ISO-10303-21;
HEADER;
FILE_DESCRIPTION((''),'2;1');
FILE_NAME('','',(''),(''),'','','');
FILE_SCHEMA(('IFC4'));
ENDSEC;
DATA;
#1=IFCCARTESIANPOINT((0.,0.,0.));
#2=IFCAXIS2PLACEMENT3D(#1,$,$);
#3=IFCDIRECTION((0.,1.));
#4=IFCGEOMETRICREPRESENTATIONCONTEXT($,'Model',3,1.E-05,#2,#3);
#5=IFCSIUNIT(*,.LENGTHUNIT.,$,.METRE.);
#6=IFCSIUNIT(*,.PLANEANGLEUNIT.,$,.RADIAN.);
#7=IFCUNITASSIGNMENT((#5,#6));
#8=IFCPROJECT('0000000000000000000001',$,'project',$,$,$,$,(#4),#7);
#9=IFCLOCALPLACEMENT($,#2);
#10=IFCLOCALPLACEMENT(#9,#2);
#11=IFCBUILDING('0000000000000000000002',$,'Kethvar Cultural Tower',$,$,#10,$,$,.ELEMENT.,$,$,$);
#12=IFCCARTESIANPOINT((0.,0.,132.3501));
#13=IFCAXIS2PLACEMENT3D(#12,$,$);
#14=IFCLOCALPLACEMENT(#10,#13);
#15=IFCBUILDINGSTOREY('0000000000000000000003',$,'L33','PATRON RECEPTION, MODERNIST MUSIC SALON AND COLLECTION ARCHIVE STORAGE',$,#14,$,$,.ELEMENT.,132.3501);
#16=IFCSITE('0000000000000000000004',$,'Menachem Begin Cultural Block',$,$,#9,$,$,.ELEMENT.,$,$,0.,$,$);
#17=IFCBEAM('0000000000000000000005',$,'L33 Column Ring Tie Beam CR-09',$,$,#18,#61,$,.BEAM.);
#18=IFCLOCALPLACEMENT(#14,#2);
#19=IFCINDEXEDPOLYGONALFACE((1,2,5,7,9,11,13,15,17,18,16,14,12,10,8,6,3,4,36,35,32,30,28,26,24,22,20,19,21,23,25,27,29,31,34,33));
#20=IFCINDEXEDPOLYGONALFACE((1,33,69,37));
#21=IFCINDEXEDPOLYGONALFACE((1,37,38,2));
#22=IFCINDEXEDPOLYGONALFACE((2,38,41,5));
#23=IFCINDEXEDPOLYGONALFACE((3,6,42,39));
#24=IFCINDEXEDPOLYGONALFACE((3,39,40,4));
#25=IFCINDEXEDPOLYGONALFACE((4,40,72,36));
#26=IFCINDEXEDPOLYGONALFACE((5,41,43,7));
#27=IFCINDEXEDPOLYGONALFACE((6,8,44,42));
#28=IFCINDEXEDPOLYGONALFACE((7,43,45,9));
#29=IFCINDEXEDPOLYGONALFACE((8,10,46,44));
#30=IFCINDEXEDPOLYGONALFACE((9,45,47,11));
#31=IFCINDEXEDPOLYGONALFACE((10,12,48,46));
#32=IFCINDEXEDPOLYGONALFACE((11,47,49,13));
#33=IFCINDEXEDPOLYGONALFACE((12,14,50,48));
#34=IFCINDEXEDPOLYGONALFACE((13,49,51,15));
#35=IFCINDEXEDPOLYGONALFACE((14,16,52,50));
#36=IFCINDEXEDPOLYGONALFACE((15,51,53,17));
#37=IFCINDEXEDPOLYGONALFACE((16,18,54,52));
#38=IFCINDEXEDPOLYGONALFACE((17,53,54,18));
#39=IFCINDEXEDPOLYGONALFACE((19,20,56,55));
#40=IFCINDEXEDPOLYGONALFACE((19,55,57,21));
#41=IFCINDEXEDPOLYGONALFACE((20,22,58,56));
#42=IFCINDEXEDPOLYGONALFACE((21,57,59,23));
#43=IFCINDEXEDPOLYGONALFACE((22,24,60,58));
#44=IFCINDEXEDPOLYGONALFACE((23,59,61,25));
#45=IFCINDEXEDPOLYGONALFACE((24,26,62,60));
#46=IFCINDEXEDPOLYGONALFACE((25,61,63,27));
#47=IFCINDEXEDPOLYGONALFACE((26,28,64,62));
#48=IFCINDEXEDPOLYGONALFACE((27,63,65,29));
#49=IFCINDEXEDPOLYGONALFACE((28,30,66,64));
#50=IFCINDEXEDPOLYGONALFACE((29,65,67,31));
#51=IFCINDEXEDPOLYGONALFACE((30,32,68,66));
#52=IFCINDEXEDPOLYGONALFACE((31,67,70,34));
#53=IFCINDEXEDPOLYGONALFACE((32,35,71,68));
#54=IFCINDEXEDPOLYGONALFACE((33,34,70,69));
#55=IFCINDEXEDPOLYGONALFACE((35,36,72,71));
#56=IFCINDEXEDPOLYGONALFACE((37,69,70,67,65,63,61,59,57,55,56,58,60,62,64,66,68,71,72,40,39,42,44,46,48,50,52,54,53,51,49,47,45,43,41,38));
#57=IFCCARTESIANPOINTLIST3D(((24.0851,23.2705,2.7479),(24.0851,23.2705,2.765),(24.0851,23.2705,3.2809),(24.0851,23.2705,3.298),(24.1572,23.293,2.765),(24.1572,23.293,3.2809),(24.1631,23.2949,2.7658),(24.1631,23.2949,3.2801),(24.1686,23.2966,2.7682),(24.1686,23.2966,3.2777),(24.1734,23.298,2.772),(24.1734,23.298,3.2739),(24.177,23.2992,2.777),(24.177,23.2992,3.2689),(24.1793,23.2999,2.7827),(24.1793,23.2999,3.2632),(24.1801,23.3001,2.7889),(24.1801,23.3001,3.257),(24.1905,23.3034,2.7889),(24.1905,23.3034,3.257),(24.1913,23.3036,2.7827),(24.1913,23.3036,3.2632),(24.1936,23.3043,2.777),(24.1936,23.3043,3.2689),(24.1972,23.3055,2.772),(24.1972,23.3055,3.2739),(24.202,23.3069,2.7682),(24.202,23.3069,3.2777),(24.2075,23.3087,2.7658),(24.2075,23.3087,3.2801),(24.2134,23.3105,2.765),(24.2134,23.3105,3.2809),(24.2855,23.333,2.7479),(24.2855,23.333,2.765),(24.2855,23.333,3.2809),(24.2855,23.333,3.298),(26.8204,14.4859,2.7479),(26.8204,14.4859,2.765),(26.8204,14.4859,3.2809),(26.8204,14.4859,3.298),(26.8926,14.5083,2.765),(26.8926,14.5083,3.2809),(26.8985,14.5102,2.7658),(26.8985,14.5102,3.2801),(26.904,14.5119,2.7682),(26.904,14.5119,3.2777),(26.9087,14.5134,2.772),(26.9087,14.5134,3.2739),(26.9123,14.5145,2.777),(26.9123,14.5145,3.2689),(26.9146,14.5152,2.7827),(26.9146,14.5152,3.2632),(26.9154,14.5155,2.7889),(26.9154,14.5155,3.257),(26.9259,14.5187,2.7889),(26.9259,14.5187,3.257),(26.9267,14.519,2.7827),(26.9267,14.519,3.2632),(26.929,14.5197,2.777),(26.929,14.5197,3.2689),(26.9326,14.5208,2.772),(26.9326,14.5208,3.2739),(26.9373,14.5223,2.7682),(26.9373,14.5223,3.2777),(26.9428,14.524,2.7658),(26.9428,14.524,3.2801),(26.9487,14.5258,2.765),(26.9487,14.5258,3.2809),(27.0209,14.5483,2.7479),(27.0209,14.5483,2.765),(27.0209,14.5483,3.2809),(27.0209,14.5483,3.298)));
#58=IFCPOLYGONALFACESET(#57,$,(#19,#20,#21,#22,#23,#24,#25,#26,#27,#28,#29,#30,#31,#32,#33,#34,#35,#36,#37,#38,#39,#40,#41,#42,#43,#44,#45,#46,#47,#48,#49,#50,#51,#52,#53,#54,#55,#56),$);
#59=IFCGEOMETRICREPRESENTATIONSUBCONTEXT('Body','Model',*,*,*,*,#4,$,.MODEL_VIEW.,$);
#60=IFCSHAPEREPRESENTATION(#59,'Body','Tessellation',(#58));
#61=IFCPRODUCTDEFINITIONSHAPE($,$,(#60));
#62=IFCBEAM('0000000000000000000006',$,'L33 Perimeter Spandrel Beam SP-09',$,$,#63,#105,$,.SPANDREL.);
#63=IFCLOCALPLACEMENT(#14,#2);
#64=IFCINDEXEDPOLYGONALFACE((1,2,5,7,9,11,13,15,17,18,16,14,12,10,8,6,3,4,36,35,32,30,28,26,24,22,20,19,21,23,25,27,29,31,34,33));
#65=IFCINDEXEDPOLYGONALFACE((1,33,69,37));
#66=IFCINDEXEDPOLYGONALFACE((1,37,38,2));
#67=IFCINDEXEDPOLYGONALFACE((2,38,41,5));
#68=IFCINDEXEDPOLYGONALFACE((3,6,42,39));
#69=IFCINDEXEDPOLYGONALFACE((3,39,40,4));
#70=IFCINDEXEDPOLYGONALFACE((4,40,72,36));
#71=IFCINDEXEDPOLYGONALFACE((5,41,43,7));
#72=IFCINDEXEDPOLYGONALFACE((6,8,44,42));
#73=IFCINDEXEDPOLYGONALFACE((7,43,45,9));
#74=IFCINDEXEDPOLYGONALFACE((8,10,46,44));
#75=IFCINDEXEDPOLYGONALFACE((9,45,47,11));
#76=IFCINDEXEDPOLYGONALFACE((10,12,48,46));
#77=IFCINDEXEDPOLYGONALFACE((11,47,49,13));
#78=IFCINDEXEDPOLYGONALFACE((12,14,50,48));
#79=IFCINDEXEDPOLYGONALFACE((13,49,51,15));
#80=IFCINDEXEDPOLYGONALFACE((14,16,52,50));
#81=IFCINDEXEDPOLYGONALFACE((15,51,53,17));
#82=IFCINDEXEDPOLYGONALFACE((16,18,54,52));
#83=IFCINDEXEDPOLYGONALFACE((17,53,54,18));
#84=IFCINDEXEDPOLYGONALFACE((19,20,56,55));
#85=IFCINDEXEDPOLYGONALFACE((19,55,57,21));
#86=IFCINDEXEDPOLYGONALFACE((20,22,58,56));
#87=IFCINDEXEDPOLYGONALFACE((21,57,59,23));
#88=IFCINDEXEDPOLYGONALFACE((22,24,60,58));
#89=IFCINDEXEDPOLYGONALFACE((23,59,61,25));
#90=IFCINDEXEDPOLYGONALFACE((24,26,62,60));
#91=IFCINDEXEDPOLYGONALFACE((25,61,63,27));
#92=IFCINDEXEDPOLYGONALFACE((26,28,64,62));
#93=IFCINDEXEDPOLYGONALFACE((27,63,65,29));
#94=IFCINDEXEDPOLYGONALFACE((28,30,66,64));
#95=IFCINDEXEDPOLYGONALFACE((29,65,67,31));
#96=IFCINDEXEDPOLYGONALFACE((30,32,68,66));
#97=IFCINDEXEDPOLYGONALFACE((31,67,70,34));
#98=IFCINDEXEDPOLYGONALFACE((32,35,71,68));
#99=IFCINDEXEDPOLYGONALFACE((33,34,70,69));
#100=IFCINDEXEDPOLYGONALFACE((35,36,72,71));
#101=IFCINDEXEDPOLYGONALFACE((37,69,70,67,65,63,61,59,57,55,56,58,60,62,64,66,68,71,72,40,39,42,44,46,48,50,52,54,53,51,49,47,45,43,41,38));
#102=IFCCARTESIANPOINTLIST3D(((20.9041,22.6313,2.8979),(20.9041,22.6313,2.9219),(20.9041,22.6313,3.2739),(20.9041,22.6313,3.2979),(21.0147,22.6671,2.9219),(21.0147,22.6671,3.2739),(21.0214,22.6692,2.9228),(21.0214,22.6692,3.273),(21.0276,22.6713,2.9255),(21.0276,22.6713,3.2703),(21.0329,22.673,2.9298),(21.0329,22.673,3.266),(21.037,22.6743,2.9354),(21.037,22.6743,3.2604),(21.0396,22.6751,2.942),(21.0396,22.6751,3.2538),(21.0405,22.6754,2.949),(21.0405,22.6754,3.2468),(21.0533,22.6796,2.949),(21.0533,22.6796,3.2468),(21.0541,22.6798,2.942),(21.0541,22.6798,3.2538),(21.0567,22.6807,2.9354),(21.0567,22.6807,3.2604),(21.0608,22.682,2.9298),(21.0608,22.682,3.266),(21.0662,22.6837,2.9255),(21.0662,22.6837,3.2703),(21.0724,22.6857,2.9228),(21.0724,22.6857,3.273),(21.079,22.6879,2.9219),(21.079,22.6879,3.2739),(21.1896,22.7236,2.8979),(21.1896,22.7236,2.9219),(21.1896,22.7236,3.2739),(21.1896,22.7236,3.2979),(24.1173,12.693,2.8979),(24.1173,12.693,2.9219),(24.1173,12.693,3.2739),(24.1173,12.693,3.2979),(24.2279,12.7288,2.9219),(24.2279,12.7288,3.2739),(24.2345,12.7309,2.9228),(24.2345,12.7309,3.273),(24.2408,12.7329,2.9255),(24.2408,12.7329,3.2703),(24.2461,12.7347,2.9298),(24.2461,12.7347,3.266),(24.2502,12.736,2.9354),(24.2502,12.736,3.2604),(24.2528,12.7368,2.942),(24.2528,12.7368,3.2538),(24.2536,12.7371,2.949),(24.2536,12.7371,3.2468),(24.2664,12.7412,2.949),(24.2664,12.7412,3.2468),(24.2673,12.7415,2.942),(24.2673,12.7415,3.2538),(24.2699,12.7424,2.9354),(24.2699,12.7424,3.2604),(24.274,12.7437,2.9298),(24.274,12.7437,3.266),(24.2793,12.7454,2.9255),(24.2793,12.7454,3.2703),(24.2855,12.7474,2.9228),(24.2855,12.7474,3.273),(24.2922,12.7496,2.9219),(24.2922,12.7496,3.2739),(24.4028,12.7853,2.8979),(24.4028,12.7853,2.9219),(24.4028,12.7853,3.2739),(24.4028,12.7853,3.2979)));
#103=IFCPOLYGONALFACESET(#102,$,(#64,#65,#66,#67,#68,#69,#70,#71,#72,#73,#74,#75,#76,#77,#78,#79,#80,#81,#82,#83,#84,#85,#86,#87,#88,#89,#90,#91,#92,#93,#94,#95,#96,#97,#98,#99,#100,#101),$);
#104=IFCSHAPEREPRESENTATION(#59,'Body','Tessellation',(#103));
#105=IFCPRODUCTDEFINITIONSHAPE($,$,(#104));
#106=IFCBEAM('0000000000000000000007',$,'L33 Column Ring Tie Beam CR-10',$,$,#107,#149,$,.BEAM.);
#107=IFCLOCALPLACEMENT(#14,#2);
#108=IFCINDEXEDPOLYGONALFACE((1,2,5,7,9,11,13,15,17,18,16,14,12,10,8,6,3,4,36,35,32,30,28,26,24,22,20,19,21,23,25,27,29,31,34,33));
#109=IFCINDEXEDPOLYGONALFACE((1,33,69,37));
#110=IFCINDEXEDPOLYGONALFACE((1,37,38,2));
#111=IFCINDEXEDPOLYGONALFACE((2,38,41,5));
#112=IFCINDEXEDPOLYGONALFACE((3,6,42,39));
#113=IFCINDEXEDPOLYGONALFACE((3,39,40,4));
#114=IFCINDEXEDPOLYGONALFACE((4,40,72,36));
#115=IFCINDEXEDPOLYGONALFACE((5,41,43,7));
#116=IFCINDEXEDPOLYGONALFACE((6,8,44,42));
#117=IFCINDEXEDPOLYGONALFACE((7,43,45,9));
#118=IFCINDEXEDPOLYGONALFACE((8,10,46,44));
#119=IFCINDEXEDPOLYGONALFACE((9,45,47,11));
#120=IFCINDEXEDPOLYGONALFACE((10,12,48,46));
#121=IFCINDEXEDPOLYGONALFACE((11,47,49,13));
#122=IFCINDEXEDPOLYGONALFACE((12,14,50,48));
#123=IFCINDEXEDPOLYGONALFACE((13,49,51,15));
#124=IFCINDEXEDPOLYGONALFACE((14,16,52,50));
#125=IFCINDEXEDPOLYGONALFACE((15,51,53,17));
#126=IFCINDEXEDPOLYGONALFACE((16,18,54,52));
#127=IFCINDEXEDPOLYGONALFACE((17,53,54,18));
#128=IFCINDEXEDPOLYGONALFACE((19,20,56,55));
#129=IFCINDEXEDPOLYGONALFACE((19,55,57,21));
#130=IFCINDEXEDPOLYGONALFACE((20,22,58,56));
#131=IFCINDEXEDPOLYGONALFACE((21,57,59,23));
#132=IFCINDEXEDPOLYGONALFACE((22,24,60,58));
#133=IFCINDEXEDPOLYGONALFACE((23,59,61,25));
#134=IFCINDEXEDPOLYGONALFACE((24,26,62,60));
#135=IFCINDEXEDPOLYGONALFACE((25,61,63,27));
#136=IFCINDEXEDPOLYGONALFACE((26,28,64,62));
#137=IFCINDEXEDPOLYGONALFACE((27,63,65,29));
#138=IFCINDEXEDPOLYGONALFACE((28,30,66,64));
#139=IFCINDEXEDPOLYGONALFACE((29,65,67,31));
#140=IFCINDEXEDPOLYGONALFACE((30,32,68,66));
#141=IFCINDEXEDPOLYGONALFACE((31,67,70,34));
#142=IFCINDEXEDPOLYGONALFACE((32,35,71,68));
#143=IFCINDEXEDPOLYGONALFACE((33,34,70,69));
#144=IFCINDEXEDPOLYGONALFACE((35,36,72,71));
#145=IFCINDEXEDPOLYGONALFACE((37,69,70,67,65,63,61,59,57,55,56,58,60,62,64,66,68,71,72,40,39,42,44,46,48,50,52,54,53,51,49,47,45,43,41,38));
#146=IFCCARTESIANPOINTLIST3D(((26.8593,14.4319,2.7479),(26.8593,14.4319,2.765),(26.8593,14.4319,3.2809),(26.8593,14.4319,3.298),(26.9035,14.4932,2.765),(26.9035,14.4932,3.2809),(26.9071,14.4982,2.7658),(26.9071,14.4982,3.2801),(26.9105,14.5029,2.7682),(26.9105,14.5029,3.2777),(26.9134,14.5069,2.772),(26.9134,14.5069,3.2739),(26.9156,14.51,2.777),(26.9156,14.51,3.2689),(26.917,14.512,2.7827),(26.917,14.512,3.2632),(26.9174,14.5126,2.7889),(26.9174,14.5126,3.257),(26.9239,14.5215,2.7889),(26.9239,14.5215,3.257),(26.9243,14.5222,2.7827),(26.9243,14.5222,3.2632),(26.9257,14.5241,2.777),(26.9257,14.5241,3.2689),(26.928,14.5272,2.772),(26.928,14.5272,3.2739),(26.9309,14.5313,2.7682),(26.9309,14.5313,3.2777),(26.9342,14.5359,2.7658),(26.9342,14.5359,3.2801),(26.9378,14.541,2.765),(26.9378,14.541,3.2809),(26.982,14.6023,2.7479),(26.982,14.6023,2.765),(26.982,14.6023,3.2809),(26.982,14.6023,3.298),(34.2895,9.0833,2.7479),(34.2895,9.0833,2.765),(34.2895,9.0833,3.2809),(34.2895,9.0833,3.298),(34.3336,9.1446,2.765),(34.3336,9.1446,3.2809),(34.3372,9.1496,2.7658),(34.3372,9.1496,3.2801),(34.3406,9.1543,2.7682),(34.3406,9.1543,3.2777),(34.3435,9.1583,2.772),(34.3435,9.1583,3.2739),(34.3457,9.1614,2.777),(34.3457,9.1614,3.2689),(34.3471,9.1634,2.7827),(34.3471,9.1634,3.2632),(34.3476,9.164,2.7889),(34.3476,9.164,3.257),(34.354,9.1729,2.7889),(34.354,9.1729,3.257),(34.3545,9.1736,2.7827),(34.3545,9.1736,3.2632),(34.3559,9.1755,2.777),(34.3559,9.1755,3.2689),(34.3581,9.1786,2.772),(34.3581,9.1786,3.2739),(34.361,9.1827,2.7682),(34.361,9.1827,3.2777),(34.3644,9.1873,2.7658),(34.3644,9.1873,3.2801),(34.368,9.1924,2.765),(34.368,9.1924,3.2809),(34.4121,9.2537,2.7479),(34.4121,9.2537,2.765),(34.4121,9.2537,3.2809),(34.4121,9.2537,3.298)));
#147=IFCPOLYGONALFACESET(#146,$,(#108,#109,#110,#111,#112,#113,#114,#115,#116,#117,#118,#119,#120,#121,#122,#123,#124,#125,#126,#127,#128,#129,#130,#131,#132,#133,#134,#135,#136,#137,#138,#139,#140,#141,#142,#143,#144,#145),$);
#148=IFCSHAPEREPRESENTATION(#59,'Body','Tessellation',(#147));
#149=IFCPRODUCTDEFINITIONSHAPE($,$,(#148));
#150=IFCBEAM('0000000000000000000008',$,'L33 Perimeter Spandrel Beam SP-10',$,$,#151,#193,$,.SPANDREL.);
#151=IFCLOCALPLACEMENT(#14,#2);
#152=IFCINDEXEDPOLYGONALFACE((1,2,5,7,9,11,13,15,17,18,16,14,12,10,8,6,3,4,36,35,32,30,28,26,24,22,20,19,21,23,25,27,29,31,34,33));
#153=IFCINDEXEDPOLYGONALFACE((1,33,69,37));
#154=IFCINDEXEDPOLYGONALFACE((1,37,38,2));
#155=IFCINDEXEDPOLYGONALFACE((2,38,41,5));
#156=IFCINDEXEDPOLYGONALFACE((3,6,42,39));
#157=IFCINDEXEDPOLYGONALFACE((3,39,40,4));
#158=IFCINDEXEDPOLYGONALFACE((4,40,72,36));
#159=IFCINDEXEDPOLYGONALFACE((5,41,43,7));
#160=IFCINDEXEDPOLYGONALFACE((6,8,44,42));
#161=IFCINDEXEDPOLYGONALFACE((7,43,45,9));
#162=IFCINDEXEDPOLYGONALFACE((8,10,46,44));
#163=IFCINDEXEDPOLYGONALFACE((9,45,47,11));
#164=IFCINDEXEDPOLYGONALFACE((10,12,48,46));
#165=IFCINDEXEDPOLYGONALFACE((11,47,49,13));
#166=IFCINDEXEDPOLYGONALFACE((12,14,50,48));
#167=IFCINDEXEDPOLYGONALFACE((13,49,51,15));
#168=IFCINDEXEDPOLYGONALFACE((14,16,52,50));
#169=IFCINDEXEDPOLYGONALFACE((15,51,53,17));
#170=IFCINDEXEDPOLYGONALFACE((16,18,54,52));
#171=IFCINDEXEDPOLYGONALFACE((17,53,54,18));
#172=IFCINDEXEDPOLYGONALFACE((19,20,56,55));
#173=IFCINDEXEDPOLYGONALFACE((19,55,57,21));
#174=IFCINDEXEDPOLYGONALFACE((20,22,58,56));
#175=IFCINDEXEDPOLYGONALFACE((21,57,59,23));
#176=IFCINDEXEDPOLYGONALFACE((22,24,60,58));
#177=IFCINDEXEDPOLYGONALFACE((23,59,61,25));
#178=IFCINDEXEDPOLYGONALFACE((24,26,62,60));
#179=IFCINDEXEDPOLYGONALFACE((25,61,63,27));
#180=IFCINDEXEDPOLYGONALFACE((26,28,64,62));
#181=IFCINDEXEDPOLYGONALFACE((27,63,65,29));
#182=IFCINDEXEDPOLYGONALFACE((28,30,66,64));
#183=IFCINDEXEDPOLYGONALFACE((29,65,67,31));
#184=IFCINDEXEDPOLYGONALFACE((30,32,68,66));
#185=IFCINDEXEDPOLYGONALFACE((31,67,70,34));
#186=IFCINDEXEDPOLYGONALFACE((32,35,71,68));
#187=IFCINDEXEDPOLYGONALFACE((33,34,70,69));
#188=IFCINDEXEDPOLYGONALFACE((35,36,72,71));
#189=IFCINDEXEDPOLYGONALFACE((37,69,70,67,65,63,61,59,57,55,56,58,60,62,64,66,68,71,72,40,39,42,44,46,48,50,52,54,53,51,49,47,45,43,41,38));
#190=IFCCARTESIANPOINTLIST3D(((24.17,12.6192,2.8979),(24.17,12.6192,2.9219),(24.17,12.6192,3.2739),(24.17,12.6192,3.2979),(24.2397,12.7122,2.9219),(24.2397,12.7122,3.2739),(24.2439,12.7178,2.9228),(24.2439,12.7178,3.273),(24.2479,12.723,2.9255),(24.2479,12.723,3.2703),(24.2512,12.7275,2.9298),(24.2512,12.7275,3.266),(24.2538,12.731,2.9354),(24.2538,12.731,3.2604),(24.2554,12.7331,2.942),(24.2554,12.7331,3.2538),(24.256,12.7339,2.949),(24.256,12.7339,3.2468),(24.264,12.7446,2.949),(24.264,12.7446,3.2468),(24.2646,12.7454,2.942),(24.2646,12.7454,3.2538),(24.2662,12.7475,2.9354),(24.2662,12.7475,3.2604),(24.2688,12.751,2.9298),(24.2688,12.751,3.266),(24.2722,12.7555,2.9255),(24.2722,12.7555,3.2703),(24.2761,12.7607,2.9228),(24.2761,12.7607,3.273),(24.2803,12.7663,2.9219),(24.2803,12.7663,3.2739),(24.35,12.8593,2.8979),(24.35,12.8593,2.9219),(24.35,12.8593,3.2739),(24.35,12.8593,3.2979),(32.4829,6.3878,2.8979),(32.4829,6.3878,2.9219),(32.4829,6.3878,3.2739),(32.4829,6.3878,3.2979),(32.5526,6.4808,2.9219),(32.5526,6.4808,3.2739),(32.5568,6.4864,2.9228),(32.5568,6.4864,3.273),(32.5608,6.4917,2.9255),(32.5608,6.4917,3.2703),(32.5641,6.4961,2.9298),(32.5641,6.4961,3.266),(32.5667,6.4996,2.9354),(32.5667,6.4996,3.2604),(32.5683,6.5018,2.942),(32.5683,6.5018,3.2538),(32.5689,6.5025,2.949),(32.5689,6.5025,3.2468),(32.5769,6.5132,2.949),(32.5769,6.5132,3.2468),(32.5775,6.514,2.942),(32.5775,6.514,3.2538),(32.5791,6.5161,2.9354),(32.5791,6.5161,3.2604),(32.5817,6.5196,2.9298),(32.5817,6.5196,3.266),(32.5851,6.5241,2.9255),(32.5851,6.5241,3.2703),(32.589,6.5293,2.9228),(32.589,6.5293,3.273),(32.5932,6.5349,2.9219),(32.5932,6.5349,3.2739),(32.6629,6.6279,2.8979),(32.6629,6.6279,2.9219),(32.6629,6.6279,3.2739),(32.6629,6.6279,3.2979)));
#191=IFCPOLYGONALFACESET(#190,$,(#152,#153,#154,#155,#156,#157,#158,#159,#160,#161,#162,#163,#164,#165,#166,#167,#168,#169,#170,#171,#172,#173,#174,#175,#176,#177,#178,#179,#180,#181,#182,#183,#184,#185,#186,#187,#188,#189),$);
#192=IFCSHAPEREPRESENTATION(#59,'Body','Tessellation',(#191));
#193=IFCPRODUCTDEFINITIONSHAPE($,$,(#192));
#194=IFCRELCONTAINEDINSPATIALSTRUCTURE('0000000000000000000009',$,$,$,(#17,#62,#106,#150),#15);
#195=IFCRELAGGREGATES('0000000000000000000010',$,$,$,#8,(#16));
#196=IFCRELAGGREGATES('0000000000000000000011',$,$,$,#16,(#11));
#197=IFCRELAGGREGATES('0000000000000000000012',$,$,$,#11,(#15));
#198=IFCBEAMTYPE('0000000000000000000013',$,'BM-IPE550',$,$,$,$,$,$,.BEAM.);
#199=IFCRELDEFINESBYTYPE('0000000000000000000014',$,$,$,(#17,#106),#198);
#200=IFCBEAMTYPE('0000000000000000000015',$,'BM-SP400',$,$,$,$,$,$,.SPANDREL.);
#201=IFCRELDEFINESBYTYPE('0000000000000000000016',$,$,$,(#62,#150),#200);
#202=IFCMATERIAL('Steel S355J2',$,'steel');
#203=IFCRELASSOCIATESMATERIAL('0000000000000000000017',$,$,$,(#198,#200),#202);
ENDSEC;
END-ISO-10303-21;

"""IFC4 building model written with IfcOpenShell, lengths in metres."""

from ifc_helpers import new_model, si_unit, direction, frame, origin, origin_2d, place, context, subcontext, project, spatial, i_section, extrude, source, transform, mapped, material, material_profile, profile_set, type_object, element, save


model = new_model("IFC4")

# Units and contexts
model_context = context("Model", 3, precision=1e-05, world=origin(), true_north=direction((0.0, 1.0)))
body_context = subcontext(model_context, "Body", "Model", "MODEL_VIEW")
ifc_project = project(units=[si_unit("LENGTHUNIT", "METRE"), si_unit("PLANEANGLEUNIT", "RADIAN")], contexts=[model_context])

# Site, building, storey
site_placement = place(None, origin())
site = spatial("IfcSite", under=ifc_project, at=site_placement, Name="Menachem Begin Cultural Block", CompositionType="ELEMENT", RefElevation=0.0)
building_placement = place(site_placement, origin())
building = spatial("IfcBuilding", under=site, at=building_placement, Name="Kethvar Cultural Tower", CompositionType="ELEMENT")
storey_placement = place(building_placement, frame((0.0, 0.0, 132.3501)))
storey = spatial("IfcBuildingStorey", under=building, at=storey_placement, Name="L33", Description="PATRON RECEPTION, MODERNIST MUSIC SALON AND COLLECTION ARCHIVE STORAGE", CompositionType="ELEMENT", Elevation=132.3501)

# Beams
ifc_material_1 = material(Name="Steel S355J2", Category="steel")
ifc_material_profile_1 = material_profile(ifc_material_1, i_section(OverallWidth=0.21, OverallDepth=0.55, WebThickness=0.011, FlangeThickness=0.0171, FilletRadius=0.0239, at=origin_2d()), Name="Steel S355J2 — IPE550")
ifc_profile_set_1 = profile_set([ifc_material_profile_1], Name="Steel S355J2 — IPE550")
beam_type_1 = type_object("IfcBeamType", Name="BM-IPE550", PredefinedType="BEAM", material=ifc_profile_set_1)
shared_shape_1 = source(origin(), body_context, "Body", "SweptSolid", [
    extrude(i_section(OverallWidth=0.21, OverallDepth=0.55, WebThickness=0.011, FlangeThickness=0.0171, FilletRadius=0.0239, at=origin_2d()), origin(), (0.0, 0.0, 1.0), 9.2007),
])
beam_1_placement = place(storey_placement, frame((24.1853, 23.3018, 3.0229), z_axis=(0.297299, -0.954784, 0.0), x_axis=(0.954784, 0.297299, 0.0)))
element("IfcBeam", 1, at=beam_1_placement, inside=storey, type_object=beam_type_1, Name="L33 Column Ring Tie Beam CR-09", PredefinedType="BEAM", context=body_context, shape_type="MappedRepresentation", body=[
    mapped(shared_shape_1, transform((0.0, 0.0, 0.0), scale=1.0)),
])
ifc_material_profile_2 = material_profile(ifc_material_1, i_section(OverallWidth=0.3, OverallDepth=0.3999, WebThickness=0.0134, FlangeThickness=0.0239, FilletRadius=0.0271, at=origin_2d()), Name="Steel S355J2 — HEB400")
ifc_profile_set_2 = profile_set([ifc_material_profile_2], Name="Steel S355J2 — HEB400")
beam_type_2 = type_object("IfcBeamType", Name="BM-SP400", PredefinedType="SPANDREL", material=ifc_profile_set_2)
shared_shape_2 = source(origin(), body_context, "Body", "SweptSolid", [
    extrude(i_section(OverallWidth=0.3, OverallDepth=0.3999, WebThickness=0.0134, FlangeThickness=0.0239, FilletRadius=0.0271, at=origin_2d()), origin(), (0.0, 0.0, 1.0), 10.4448),
])
beam_2_placement = place(storey_placement, frame((21.0469, 22.6775, 3.0979), z_axis=(0.307632, -0.951506, 0.0), x_axis=(0.951506, 0.307632, 0.0)))
element("IfcBeam", 2, at=beam_2_placement, inside=storey, type_object=beam_type_2, Name="L33 Perimeter Spandrel Beam SP-09", PredefinedType="SPANDREL", context=body_context, shape_type="MappedRepresentation", body=[
    mapped(shared_shape_2, transform((0.0, 0.0, 0.0), scale=1.0)),
])
shared_shape_3 = source(origin(), body_context, "Body", "SweptSolid", [
    extrude(i_section(OverallWidth=0.21, OverallDepth=0.55, WebThickness=0.011, FlangeThickness=0.0171, FilletRadius=0.0239, at=origin_2d()), origin(), (0.0, 0.0, 1.0), 9.155),
])
beam_3_placement = place(storey_placement, frame((26.9207, 14.5171, 3.0229), z_axis=(0.811591, -0.584226, 0.0), x_axis=(0.584226, 0.811591, 0.0)))
element("IfcBeam", 3, at=beam_3_placement, inside=storey, type_object=beam_type_1, Name="L33 Column Ring Tie Beam CR-10", PredefinedType="BEAM", context=body_context, shape_type="MappedRepresentation", body=[
    mapped(shared_shape_3, transform((0.0, 0.0, 0.0), scale=1.0)),
])
shared_shape_4 = source(origin(), body_context, "Body", "SweptSolid", [
    extrude(i_section(OverallWidth=0.3, OverallDepth=0.3999, WebThickness=0.0134, FlangeThickness=0.0239, FilletRadius=0.0271, at=origin_2d()), origin(), (0.0, 0.0, 1.0), 10.3892),
])
beam_4_placement = place(storey_placement, frame((24.26, 12.7393, 3.0979), z_axis=(0.800152, -0.599797, 0.0), x_axis=(0.599797, 0.800152, 0.0)))
element("IfcBeam", 4, at=beam_4_placement, inside=storey, type_object=beam_type_2, Name="L33 Perimeter Spandrel Beam SP-10", PredefinedType="SPANDREL", context=body_context, shape_type="MappedRepresentation", body=[
    mapped(shared_shape_4, transform((0.0, 0.0, 0.0), scale=1.0)),
])

save(model, "model.ifc")
